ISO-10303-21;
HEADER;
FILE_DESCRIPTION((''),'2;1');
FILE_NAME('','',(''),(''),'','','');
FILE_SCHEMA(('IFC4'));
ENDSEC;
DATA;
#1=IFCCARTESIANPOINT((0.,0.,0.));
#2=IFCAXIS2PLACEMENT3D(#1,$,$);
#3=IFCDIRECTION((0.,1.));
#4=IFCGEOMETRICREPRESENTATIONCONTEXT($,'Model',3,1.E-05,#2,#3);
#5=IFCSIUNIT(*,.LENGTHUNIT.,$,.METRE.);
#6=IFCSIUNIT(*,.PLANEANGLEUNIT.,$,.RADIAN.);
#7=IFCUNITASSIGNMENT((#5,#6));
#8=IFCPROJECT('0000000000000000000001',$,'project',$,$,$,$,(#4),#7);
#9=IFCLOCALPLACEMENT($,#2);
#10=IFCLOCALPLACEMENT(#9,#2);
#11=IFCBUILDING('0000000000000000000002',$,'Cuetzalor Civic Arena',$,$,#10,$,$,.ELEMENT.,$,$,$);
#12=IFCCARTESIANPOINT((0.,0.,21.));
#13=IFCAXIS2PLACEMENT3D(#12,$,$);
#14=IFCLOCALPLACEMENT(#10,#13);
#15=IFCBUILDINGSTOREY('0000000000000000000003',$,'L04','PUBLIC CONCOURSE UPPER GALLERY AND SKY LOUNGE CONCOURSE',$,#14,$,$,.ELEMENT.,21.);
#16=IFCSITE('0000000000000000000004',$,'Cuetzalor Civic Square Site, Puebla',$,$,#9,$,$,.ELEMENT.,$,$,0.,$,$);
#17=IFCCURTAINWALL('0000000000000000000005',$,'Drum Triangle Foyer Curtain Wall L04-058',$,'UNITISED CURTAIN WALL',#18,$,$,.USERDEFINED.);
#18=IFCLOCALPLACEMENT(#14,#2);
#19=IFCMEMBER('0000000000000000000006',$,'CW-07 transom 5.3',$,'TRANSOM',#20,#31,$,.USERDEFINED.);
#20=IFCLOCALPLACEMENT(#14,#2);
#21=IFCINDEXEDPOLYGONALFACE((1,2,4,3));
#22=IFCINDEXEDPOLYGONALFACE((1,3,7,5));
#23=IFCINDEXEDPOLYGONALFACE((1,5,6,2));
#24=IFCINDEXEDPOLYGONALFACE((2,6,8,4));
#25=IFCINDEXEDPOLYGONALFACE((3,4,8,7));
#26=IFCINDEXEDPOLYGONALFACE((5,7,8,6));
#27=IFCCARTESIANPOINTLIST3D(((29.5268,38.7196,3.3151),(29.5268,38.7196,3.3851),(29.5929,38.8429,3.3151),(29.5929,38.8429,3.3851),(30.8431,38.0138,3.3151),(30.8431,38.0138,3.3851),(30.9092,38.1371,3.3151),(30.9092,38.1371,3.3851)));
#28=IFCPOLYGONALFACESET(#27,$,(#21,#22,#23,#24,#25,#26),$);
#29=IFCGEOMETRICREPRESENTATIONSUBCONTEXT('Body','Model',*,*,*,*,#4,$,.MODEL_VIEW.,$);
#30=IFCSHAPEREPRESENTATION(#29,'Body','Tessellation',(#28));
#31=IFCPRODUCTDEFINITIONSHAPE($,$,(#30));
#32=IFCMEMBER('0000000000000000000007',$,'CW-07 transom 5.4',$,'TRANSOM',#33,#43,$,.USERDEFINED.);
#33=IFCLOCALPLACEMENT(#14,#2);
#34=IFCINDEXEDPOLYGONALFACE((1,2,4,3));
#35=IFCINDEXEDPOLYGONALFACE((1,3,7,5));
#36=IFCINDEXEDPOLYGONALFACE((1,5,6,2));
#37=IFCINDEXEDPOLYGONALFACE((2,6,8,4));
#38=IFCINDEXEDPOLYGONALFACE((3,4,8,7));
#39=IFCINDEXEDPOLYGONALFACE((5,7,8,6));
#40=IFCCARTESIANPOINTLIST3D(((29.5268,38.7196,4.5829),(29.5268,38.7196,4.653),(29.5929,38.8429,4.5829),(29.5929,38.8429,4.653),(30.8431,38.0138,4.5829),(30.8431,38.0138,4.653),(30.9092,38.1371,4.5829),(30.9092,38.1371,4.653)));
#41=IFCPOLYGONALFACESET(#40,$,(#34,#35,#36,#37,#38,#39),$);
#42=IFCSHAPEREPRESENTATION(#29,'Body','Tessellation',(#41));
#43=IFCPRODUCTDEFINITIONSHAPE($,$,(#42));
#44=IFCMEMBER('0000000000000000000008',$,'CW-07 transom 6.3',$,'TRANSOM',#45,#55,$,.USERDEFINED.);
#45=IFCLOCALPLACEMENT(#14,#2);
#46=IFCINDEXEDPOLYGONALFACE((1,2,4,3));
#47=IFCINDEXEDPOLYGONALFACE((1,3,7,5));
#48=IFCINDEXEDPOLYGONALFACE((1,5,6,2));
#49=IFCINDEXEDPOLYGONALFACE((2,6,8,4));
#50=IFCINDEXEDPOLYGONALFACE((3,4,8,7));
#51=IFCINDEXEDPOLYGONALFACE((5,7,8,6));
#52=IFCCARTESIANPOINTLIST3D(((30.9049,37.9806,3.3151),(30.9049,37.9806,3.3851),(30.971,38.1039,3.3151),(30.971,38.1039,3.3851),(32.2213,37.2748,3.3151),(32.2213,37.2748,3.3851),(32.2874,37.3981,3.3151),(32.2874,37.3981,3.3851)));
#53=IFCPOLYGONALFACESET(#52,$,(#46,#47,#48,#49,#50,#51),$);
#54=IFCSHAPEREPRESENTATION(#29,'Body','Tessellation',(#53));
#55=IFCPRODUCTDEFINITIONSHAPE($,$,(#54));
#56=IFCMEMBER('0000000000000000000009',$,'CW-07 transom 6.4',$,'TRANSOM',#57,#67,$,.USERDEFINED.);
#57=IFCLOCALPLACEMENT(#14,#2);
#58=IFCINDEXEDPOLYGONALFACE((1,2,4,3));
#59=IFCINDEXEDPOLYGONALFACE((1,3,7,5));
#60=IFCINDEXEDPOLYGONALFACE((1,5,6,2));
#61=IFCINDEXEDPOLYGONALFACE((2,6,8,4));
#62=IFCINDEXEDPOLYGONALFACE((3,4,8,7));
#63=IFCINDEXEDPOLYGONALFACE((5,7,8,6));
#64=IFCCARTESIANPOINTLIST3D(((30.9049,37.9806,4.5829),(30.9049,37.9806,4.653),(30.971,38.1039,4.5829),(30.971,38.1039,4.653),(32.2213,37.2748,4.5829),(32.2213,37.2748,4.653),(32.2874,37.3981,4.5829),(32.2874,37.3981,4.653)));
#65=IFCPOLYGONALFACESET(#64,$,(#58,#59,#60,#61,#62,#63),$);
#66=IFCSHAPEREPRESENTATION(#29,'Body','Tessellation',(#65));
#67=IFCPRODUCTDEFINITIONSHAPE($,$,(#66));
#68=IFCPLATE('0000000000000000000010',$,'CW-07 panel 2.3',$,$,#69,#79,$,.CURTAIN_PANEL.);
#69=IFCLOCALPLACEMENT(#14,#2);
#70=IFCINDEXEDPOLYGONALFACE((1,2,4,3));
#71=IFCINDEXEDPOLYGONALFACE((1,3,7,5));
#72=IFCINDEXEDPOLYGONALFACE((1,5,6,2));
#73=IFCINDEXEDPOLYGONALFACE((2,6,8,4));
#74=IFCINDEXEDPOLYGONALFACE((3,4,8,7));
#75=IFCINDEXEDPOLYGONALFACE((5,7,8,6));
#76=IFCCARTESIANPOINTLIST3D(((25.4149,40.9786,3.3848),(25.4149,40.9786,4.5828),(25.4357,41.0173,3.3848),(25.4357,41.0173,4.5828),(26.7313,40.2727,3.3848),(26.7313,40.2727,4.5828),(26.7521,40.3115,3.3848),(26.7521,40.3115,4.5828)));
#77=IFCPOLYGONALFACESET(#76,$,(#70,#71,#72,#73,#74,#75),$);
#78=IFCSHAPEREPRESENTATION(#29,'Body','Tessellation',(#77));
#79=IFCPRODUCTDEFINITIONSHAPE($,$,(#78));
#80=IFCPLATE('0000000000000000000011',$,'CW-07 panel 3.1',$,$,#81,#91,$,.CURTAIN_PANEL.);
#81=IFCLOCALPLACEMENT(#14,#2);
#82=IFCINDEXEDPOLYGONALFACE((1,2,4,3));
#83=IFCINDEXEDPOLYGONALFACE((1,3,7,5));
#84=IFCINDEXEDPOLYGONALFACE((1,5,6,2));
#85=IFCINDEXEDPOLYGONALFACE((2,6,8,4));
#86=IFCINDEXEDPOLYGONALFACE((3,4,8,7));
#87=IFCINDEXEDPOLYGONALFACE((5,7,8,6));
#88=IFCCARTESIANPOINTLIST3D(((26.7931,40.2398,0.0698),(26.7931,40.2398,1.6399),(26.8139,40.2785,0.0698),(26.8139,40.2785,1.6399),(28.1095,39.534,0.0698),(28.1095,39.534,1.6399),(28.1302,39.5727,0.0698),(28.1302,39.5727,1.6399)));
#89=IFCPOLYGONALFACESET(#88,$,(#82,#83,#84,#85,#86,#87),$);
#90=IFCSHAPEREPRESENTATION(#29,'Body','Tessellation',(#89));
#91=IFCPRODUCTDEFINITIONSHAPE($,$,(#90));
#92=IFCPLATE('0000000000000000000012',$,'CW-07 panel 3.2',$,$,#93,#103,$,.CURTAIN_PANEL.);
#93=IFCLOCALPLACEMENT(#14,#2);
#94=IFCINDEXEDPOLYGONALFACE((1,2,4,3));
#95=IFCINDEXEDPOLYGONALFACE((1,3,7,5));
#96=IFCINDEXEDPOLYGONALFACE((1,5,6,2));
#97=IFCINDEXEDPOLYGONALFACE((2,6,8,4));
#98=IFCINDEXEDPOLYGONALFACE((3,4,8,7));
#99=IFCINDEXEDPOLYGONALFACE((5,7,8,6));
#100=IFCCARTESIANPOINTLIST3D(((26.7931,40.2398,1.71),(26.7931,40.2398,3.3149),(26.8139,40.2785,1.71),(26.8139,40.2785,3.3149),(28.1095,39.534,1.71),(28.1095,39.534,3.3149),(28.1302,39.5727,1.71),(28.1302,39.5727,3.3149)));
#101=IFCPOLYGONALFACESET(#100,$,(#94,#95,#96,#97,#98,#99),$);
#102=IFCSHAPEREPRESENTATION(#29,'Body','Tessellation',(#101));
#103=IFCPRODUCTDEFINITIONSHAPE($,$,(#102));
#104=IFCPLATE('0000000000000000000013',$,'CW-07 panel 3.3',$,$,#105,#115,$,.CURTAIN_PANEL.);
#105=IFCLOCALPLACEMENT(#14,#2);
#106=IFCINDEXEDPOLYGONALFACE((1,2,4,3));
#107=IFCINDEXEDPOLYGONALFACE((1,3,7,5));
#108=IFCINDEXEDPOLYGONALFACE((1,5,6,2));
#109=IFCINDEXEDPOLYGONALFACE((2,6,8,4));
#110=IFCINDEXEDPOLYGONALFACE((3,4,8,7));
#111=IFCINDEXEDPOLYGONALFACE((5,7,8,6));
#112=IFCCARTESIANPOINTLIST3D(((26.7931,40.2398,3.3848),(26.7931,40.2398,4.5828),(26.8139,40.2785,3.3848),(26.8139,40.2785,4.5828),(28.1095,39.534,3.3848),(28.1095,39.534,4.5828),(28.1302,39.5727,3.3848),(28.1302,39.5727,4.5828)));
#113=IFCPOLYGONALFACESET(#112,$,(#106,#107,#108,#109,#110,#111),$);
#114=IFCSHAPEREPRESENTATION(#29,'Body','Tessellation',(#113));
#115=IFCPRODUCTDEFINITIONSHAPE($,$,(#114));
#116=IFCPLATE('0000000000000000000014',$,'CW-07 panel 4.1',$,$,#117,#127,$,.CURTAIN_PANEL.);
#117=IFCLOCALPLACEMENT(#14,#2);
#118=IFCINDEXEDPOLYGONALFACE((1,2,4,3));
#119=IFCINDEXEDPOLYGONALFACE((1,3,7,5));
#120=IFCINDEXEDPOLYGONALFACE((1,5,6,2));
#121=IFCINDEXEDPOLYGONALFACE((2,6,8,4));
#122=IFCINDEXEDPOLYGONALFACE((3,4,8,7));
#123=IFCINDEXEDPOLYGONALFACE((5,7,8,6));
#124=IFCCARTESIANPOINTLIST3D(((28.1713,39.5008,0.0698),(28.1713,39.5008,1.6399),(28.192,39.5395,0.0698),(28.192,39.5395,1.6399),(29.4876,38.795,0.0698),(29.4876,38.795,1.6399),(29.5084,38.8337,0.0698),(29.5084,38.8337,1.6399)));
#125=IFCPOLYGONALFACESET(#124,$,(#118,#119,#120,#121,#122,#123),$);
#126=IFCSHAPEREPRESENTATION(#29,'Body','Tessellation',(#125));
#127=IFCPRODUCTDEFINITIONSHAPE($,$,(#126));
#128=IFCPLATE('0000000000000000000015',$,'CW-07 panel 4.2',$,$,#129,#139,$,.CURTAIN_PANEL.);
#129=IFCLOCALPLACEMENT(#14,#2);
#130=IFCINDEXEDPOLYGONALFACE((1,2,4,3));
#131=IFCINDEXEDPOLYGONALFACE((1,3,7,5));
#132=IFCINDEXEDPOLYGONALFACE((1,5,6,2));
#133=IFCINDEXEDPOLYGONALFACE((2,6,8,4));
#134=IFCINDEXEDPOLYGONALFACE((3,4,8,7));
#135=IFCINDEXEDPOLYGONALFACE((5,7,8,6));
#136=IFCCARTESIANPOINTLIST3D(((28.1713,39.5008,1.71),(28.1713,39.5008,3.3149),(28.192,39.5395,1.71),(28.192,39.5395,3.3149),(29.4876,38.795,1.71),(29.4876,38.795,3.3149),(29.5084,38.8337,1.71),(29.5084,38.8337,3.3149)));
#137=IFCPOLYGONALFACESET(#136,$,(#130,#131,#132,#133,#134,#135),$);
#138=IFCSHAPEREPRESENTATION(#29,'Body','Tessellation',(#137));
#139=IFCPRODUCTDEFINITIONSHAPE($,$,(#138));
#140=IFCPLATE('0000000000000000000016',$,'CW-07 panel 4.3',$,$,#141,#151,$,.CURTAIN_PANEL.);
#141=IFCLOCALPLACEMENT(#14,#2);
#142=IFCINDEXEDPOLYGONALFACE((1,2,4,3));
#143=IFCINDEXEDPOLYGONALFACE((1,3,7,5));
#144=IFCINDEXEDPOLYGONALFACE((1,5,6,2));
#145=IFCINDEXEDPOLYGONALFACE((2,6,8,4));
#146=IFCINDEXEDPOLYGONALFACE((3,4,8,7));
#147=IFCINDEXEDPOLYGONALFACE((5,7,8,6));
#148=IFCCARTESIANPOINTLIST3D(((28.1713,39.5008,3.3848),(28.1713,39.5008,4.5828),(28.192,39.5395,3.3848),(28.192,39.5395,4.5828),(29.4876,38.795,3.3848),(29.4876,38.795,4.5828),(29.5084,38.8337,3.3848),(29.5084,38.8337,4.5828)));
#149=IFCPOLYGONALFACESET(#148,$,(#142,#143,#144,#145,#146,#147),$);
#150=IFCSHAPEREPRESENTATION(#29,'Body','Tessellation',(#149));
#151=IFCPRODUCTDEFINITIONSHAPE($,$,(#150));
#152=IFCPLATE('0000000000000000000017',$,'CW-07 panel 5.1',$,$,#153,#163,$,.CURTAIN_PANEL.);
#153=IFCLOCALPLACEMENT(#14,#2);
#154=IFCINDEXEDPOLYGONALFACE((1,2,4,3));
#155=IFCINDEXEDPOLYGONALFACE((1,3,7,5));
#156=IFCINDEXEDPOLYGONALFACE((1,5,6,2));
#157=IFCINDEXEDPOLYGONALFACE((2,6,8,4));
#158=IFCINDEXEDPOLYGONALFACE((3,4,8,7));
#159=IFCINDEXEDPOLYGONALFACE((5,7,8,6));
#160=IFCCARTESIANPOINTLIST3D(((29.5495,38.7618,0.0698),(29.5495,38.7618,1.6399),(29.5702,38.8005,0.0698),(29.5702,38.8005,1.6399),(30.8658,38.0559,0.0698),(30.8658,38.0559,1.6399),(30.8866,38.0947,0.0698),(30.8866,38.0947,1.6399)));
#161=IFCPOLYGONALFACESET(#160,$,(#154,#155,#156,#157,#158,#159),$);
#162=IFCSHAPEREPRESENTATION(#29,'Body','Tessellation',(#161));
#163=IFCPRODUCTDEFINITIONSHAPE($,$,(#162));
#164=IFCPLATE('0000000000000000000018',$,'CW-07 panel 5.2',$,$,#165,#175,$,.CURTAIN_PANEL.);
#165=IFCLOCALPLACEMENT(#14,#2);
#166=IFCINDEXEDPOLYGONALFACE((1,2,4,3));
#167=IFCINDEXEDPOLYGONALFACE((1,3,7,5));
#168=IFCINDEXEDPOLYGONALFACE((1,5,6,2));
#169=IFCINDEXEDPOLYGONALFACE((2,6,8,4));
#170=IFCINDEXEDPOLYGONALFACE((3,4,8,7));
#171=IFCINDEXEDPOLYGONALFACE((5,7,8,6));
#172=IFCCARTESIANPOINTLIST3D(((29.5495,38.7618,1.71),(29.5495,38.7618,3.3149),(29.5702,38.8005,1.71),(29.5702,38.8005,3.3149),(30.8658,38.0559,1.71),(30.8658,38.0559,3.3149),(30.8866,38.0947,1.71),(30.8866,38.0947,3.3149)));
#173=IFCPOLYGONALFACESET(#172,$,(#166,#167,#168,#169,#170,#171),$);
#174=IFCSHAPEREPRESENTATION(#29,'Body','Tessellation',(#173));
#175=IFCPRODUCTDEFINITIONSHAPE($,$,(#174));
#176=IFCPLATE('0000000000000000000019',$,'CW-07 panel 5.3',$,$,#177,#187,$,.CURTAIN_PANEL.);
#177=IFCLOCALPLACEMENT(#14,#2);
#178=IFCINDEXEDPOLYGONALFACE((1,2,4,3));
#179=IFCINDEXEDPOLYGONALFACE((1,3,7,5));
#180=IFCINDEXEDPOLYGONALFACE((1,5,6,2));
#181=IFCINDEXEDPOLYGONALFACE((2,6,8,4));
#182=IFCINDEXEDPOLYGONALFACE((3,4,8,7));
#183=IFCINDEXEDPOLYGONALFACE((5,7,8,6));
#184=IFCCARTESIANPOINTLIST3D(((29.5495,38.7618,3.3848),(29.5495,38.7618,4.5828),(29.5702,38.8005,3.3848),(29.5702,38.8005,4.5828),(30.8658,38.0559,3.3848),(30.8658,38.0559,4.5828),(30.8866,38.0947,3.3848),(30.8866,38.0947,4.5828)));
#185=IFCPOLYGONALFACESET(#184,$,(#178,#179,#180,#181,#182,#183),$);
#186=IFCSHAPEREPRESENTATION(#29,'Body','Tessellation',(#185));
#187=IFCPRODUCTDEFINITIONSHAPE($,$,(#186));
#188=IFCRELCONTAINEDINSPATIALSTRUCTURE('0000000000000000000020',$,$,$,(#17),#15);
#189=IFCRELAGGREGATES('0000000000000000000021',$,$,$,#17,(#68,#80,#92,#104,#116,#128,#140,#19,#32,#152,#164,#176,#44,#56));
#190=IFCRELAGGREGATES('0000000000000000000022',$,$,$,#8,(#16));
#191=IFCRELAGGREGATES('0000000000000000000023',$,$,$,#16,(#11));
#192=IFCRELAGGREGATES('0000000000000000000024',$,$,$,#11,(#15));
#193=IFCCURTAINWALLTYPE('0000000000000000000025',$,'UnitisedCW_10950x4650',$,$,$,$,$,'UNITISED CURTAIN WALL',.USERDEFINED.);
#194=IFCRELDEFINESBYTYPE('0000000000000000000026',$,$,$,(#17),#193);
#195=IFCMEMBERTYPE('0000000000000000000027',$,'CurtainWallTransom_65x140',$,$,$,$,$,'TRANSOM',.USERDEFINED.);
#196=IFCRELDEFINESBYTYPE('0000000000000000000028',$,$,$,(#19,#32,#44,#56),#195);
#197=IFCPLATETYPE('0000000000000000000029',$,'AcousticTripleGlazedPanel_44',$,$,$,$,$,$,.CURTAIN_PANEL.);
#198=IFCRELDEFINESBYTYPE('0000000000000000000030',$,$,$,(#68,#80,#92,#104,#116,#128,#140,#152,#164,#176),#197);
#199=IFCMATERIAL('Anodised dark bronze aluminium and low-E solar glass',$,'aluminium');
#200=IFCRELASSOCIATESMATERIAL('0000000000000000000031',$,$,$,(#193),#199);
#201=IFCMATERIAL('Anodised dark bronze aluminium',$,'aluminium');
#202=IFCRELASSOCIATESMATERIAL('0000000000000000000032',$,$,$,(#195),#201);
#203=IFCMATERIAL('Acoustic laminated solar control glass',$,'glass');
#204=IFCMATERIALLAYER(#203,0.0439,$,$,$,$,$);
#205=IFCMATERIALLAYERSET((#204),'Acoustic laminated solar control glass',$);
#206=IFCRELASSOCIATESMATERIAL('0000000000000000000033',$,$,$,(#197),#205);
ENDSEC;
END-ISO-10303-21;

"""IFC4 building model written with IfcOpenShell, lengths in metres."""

from ifc_helpers import new_model, si_unit, direction, frame, origin, origin_2d, place, context, subcontext, project, spatial, rectangle, extrude, material, layer, layer_set, material_profile, profile_set, type_object, element, aggregate, save


model = new_model("IFC4")

# Units and contexts
model_context = context("Model", 3, precision=1e-05, world=origin(), true_north=direction((0.0, 1.0)))
body_context = subcontext(model_context, "Body", "Model", "MODEL_VIEW")
ifc_project = project(units=[si_unit("LENGTHUNIT", "METRE"), si_unit("PLANEANGLEUNIT", "RADIAN")], contexts=[model_context])

# Site, building, storey
site_placement = place(None, origin())
site = spatial("IfcSite", under=ifc_project, at=site_placement, Name="Cuetzalor Civic Square Site, Puebla", CompositionType="ELEMENT", RefElevation=0.0)
building_placement = place(site_placement, origin())
building = spatial("IfcBuilding", under=site, at=building_placement, Name="Cuetzalor Civic Arena", CompositionType="ELEMENT")
storey_placement = place(building_placement, frame((0.0, 0.0, 21.0)))
storey = spatial("IfcBuildingStorey", under=building, at=storey_placement, Name="L04", Description="PUBLIC CONCOURSE UPPER GALLERY AND SKY LOUNGE CONCOURSE", CompositionType="ELEMENT", Elevation=21.0)

# Curtain wall, members, plates
ifc_material_1 = material(Name="Anodised dark bronze aluminium and low-E solar glass", Category="aluminium")
curtain_wall_type = type_object("IfcCurtainWallType", Name="UnitisedCW_10950x4650", ElementType="UNITISED CURTAIN WALL", PredefinedType="USERDEFINED", material=ifc_material_1)
curtain_wall_placement = place(storey_placement, origin())
curtain_wall = element("IfcCurtainWall", 1, at=curtain_wall_placement, inside=storey, type_object=curtain_wall_type, Name="Drum Triangle Foyer Curtain Wall L04-058", ObjectType="UNITISED CURTAIN WALL", PredefinedType="USERDEFINED")
ifc_material_2 = material(Name="Anodised dark bronze aluminium", Category="aluminium")
ifc_material_profile_1 = material_profile(ifc_material_2, rectangle(XDim=0.1399, YDim=0.0701, at=origin_2d()), Name="ALU TRANSOM 70x140")
ifc_profile_set_1 = profile_set([ifc_material_profile_1], Name="Anodised dark bronze aluminium")
member_type_1 = type_object("IfcMemberType", Name="CurtainWallTransom_65x140", ElementType="TRANSOM", PredefinedType="USERDEFINED", material=ifc_profile_set_1)
member_1_placement = place(storey_placement, frame((29.5598, 38.7812, 3.3501), z_axis=(0.881315, -0.47253, 0.0), x_axis=(0.47253, 0.881315, 0.0)))
member_1 = element("IfcMember", 2, at=member_1_placement, type_object=member_type_1, Name="CW-07 transom 5.3", ObjectType="TRANSOM", PredefinedType="USERDEFINED", context=body_context, shape_type="SweptSolid", body=[
    extrude(rectangle(XDim=0.1399, YDim=0.0701, at=origin_2d()), origin(), (0.0, 0.0, 1.0), 1.4937),
])
member_2_placement = place(storey_placement, frame((29.5598, 38.7812, 4.6179), z_axis=(0.881315, -0.47253, 0.0), x_axis=(0.47253, 0.881315, 0.0)))
member_2 = element("IfcMember", 3, at=member_2_placement, type_object=member_type_1, Name="CW-07 transom 5.4", ObjectType="TRANSOM", PredefinedType="USERDEFINED", context=body_context, shape_type="SweptSolid", body=[
    extrude(rectangle(XDim=0.1399, YDim=0.0701, at=origin_2d()), origin(), (0.0, 0.0, 1.0), 1.4937),
])
member_3_placement = place(storey_placement, frame((30.938, 38.0422, 3.3501), z_axis=(0.881315, -0.47253, 0.0), x_axis=(0.47253, 0.881315, 0.0)))
member_3 = element("IfcMember", 4, at=member_3_placement, type_object=member_type_1, Name="CW-07 transom 6.3", ObjectType="TRANSOM", PredefinedType="USERDEFINED", context=body_context, shape_type="SweptSolid", body=[
    extrude(rectangle(XDim=0.1399, YDim=0.0701, at=origin_2d()), origin(), (0.0, 0.0, 1.0), 1.4937),
])
member_4_placement = place(storey_placement, frame((30.938, 38.0422, 4.6179), z_axis=(0.881315, -0.47253, 0.0), x_axis=(0.47253, 0.881315, 0.0)))
member_4 = element("IfcMember", 5, at=member_4_placement, type_object=member_type_1, Name="CW-07 transom 6.4", ObjectType="TRANSOM", PredefinedType="USERDEFINED", context=body_context, shape_type="SweptSolid", body=[
    extrude(rectangle(XDim=0.1399, YDim=0.0701, at=origin_2d()), origin(), (0.0, 0.0, 1.0), 1.4937),
])
ifc_material_3 = material(Name="Acoustic laminated solar control glass", Category="glass")
ifc_layer = layer(ifc_material_3, 0.0439)
ifc_layer_set = layer_set([ifc_layer], Name="Acoustic laminated solar control glass")
plate_type = type_object("IfcPlateType", Name="AcousticTripleGlazedPanel_44", PredefinedType="CURTAIN_PANEL", material=ifc_layer_set)
plate_1_placement = place(storey_placement, frame((26.0835, 40.645, 3.3848), z_axis=(0.0, 0.0, 1.0), x_axis=(0.881306, -0.472545, 0.0)))
plate_1 = element("IfcPlate", 6, at=plate_1_placement, type_object=plate_type, Name="CW-07 panel 2.3", PredefinedType="CURTAIN_PANEL", context=body_context, shape_type="SweptSolid", body=[
    extrude(rectangle(XDim=1.4937, YDim=0.0439, at=origin_2d()), origin(), (0.0, 0.0, 1.0), 1.198),
])
plate_2_placement = place(storey_placement, frame((27.4617, 39.9062, 0.0698), z_axis=(0.0, 0.0, 1.0), x_axis=(0.881306, -0.472545, 0.0)))
plate_2 = element("IfcPlate", 7, at=plate_2_placement, type_object=plate_type, Name="CW-07 panel 3.1", PredefinedType="CURTAIN_PANEL", context=body_context, shape_type="SweptSolid", body=[
    extrude(rectangle(XDim=1.4937, YDim=0.0439, at=origin_2d()), origin(), (0.0, 0.0, 1.0), 1.5701),
])
plate_3_placement = place(storey_placement, frame((27.4617, 39.9062, 1.71), z_axis=(0.0, 0.0, 1.0), x_axis=(0.881306, -0.472545, 0.0)))
plate_3 = element("IfcPlate", 8, at=plate_3_placement, type_object=plate_type, Name="CW-07 panel 3.2", PredefinedType="CURTAIN_PANEL", context=body_context, shape_type="SweptSolid", body=[
    extrude(rectangle(XDim=1.4937, YDim=0.0439, at=origin_2d()), origin(), (0.0, 0.0, 1.0), 1.605),
])
plate_4_placement = place(storey_placement, frame((27.4617, 39.9062, 3.3848), z_axis=(0.0, 0.0, 1.0), x_axis=(0.881306, -0.472545, 0.0)))
plate_4 = element("IfcPlate", 9, at=plate_4_placement, type_object=plate_type, Name="CW-07 panel 3.3", PredefinedType="CURTAIN_PANEL", context=body_context, shape_type="SweptSolid", body=[
    extrude(rectangle(XDim=1.4937, YDim=0.0439, at=origin_2d()), origin(), (0.0, 0.0, 1.0), 1.198),
])
plate_5_placement = place(storey_placement, frame((28.8398, 39.1672, 0.0698), z_axis=(0.0, 0.0, 1.0), x_axis=(0.881306, -0.472545, 0.0)))
plate_5 = element("IfcPlate", 10, at=plate_5_placement, type_object=plate_type, Name="CW-07 panel 4.1", PredefinedType="CURTAIN_PANEL", context=body_context, shape_type="SweptSolid", body=[
    extrude(rectangle(XDim=1.4937, YDim=0.0439, at=origin_2d()), origin(), (0.0, 0.0, 1.0), 1.5701),
])
plate_6_placement = place(storey_placement, frame((28.8398, 39.1672, 1.71), z_axis=(0.0, 0.0, 1.0), x_axis=(0.881306, -0.472545, 0.0)))
plate_6 = element("IfcPlate", 11, at=plate_6_placement, type_object=plate_type, Name="CW-07 panel 4.2", PredefinedType="CURTAIN_PANEL", context=body_context, shape_type="SweptSolid", body=[
    extrude(rectangle(XDim=1.4937, YDim=0.0439, at=origin_2d()), origin(), (0.0, 0.0, 1.0), 1.605),
])
plate_7_placement = place(storey_placement, frame((28.8398, 39.1672, 3.3848), z_axis=(0.0, 0.0, 1.0), x_axis=(0.881306, -0.472545, 0.0)))
plate_7 = element("IfcPlate", 12, at=plate_7_placement, type_object=plate_type, Name="CW-07 panel 4.3", PredefinedType="CURTAIN_PANEL", context=body_context, shape_type="SweptSolid", body=[
    extrude(rectangle(XDim=1.4937, YDim=0.0439, at=origin_2d()), origin(), (0.0, 0.0, 1.0), 1.198),
])
plate_8_placement = place(storey_placement, frame((30.218, 38.4282, 0.0698), z_axis=(0.0, 0.0, 1.0), x_axis=(0.881306, -0.472545, 0.0)))
plate_8 = element("IfcPlate", 13, at=plate_8_placement, type_object=plate_type, Name="CW-07 panel 5.1", PredefinedType="CURTAIN_PANEL", context=body_context, shape_type="SweptSolid", body=[
    extrude(rectangle(XDim=1.4937, YDim=0.0439, at=origin_2d()), origin(), (0.0, 0.0, 1.0), 1.5701),
])
plate_9_placement = place(storey_placement, frame((30.218, 38.4282, 1.71), z_axis=(0.0, 0.0, 1.0), x_axis=(0.881306, -0.472545, 0.0)))
plate_9 = element("IfcPlate", 14, at=plate_9_placement, type_object=plate_type, Name="CW-07 panel 5.2", PredefinedType="CURTAIN_PANEL", context=body_context, shape_type="SweptSolid", body=[
    extrude(rectangle(XDim=1.4937, YDim=0.0439, at=origin_2d()), origin(), (0.0, 0.0, 1.0), 1.605),
])
plate_10_placement = place(storey_placement, frame((30.218, 38.4282, 3.3848), z_axis=(0.0, 0.0, 1.0), x_axis=(0.881306, -0.472545, 0.0)))
plate_10 = element("IfcPlate", 15, at=plate_10_placement, type_object=plate_type, Name="CW-07 panel 5.3", PredefinedType="CURTAIN_PANEL", context=body_context, shape_type="SweptSolid", body=[
    extrude(rectangle(XDim=1.4937, YDim=0.0439, at=origin_2d()), origin(), (0.0, 0.0, 1.0), 1.198),
])
aggregate(curtain_wall, [plate_1, plate_2, plate_3, plate_4, plate_5, plate_6, plate_7, member_1, member_2, plate_8, plate_9, plate_10, member_3, member_4])

save(model, "model.ifc")
